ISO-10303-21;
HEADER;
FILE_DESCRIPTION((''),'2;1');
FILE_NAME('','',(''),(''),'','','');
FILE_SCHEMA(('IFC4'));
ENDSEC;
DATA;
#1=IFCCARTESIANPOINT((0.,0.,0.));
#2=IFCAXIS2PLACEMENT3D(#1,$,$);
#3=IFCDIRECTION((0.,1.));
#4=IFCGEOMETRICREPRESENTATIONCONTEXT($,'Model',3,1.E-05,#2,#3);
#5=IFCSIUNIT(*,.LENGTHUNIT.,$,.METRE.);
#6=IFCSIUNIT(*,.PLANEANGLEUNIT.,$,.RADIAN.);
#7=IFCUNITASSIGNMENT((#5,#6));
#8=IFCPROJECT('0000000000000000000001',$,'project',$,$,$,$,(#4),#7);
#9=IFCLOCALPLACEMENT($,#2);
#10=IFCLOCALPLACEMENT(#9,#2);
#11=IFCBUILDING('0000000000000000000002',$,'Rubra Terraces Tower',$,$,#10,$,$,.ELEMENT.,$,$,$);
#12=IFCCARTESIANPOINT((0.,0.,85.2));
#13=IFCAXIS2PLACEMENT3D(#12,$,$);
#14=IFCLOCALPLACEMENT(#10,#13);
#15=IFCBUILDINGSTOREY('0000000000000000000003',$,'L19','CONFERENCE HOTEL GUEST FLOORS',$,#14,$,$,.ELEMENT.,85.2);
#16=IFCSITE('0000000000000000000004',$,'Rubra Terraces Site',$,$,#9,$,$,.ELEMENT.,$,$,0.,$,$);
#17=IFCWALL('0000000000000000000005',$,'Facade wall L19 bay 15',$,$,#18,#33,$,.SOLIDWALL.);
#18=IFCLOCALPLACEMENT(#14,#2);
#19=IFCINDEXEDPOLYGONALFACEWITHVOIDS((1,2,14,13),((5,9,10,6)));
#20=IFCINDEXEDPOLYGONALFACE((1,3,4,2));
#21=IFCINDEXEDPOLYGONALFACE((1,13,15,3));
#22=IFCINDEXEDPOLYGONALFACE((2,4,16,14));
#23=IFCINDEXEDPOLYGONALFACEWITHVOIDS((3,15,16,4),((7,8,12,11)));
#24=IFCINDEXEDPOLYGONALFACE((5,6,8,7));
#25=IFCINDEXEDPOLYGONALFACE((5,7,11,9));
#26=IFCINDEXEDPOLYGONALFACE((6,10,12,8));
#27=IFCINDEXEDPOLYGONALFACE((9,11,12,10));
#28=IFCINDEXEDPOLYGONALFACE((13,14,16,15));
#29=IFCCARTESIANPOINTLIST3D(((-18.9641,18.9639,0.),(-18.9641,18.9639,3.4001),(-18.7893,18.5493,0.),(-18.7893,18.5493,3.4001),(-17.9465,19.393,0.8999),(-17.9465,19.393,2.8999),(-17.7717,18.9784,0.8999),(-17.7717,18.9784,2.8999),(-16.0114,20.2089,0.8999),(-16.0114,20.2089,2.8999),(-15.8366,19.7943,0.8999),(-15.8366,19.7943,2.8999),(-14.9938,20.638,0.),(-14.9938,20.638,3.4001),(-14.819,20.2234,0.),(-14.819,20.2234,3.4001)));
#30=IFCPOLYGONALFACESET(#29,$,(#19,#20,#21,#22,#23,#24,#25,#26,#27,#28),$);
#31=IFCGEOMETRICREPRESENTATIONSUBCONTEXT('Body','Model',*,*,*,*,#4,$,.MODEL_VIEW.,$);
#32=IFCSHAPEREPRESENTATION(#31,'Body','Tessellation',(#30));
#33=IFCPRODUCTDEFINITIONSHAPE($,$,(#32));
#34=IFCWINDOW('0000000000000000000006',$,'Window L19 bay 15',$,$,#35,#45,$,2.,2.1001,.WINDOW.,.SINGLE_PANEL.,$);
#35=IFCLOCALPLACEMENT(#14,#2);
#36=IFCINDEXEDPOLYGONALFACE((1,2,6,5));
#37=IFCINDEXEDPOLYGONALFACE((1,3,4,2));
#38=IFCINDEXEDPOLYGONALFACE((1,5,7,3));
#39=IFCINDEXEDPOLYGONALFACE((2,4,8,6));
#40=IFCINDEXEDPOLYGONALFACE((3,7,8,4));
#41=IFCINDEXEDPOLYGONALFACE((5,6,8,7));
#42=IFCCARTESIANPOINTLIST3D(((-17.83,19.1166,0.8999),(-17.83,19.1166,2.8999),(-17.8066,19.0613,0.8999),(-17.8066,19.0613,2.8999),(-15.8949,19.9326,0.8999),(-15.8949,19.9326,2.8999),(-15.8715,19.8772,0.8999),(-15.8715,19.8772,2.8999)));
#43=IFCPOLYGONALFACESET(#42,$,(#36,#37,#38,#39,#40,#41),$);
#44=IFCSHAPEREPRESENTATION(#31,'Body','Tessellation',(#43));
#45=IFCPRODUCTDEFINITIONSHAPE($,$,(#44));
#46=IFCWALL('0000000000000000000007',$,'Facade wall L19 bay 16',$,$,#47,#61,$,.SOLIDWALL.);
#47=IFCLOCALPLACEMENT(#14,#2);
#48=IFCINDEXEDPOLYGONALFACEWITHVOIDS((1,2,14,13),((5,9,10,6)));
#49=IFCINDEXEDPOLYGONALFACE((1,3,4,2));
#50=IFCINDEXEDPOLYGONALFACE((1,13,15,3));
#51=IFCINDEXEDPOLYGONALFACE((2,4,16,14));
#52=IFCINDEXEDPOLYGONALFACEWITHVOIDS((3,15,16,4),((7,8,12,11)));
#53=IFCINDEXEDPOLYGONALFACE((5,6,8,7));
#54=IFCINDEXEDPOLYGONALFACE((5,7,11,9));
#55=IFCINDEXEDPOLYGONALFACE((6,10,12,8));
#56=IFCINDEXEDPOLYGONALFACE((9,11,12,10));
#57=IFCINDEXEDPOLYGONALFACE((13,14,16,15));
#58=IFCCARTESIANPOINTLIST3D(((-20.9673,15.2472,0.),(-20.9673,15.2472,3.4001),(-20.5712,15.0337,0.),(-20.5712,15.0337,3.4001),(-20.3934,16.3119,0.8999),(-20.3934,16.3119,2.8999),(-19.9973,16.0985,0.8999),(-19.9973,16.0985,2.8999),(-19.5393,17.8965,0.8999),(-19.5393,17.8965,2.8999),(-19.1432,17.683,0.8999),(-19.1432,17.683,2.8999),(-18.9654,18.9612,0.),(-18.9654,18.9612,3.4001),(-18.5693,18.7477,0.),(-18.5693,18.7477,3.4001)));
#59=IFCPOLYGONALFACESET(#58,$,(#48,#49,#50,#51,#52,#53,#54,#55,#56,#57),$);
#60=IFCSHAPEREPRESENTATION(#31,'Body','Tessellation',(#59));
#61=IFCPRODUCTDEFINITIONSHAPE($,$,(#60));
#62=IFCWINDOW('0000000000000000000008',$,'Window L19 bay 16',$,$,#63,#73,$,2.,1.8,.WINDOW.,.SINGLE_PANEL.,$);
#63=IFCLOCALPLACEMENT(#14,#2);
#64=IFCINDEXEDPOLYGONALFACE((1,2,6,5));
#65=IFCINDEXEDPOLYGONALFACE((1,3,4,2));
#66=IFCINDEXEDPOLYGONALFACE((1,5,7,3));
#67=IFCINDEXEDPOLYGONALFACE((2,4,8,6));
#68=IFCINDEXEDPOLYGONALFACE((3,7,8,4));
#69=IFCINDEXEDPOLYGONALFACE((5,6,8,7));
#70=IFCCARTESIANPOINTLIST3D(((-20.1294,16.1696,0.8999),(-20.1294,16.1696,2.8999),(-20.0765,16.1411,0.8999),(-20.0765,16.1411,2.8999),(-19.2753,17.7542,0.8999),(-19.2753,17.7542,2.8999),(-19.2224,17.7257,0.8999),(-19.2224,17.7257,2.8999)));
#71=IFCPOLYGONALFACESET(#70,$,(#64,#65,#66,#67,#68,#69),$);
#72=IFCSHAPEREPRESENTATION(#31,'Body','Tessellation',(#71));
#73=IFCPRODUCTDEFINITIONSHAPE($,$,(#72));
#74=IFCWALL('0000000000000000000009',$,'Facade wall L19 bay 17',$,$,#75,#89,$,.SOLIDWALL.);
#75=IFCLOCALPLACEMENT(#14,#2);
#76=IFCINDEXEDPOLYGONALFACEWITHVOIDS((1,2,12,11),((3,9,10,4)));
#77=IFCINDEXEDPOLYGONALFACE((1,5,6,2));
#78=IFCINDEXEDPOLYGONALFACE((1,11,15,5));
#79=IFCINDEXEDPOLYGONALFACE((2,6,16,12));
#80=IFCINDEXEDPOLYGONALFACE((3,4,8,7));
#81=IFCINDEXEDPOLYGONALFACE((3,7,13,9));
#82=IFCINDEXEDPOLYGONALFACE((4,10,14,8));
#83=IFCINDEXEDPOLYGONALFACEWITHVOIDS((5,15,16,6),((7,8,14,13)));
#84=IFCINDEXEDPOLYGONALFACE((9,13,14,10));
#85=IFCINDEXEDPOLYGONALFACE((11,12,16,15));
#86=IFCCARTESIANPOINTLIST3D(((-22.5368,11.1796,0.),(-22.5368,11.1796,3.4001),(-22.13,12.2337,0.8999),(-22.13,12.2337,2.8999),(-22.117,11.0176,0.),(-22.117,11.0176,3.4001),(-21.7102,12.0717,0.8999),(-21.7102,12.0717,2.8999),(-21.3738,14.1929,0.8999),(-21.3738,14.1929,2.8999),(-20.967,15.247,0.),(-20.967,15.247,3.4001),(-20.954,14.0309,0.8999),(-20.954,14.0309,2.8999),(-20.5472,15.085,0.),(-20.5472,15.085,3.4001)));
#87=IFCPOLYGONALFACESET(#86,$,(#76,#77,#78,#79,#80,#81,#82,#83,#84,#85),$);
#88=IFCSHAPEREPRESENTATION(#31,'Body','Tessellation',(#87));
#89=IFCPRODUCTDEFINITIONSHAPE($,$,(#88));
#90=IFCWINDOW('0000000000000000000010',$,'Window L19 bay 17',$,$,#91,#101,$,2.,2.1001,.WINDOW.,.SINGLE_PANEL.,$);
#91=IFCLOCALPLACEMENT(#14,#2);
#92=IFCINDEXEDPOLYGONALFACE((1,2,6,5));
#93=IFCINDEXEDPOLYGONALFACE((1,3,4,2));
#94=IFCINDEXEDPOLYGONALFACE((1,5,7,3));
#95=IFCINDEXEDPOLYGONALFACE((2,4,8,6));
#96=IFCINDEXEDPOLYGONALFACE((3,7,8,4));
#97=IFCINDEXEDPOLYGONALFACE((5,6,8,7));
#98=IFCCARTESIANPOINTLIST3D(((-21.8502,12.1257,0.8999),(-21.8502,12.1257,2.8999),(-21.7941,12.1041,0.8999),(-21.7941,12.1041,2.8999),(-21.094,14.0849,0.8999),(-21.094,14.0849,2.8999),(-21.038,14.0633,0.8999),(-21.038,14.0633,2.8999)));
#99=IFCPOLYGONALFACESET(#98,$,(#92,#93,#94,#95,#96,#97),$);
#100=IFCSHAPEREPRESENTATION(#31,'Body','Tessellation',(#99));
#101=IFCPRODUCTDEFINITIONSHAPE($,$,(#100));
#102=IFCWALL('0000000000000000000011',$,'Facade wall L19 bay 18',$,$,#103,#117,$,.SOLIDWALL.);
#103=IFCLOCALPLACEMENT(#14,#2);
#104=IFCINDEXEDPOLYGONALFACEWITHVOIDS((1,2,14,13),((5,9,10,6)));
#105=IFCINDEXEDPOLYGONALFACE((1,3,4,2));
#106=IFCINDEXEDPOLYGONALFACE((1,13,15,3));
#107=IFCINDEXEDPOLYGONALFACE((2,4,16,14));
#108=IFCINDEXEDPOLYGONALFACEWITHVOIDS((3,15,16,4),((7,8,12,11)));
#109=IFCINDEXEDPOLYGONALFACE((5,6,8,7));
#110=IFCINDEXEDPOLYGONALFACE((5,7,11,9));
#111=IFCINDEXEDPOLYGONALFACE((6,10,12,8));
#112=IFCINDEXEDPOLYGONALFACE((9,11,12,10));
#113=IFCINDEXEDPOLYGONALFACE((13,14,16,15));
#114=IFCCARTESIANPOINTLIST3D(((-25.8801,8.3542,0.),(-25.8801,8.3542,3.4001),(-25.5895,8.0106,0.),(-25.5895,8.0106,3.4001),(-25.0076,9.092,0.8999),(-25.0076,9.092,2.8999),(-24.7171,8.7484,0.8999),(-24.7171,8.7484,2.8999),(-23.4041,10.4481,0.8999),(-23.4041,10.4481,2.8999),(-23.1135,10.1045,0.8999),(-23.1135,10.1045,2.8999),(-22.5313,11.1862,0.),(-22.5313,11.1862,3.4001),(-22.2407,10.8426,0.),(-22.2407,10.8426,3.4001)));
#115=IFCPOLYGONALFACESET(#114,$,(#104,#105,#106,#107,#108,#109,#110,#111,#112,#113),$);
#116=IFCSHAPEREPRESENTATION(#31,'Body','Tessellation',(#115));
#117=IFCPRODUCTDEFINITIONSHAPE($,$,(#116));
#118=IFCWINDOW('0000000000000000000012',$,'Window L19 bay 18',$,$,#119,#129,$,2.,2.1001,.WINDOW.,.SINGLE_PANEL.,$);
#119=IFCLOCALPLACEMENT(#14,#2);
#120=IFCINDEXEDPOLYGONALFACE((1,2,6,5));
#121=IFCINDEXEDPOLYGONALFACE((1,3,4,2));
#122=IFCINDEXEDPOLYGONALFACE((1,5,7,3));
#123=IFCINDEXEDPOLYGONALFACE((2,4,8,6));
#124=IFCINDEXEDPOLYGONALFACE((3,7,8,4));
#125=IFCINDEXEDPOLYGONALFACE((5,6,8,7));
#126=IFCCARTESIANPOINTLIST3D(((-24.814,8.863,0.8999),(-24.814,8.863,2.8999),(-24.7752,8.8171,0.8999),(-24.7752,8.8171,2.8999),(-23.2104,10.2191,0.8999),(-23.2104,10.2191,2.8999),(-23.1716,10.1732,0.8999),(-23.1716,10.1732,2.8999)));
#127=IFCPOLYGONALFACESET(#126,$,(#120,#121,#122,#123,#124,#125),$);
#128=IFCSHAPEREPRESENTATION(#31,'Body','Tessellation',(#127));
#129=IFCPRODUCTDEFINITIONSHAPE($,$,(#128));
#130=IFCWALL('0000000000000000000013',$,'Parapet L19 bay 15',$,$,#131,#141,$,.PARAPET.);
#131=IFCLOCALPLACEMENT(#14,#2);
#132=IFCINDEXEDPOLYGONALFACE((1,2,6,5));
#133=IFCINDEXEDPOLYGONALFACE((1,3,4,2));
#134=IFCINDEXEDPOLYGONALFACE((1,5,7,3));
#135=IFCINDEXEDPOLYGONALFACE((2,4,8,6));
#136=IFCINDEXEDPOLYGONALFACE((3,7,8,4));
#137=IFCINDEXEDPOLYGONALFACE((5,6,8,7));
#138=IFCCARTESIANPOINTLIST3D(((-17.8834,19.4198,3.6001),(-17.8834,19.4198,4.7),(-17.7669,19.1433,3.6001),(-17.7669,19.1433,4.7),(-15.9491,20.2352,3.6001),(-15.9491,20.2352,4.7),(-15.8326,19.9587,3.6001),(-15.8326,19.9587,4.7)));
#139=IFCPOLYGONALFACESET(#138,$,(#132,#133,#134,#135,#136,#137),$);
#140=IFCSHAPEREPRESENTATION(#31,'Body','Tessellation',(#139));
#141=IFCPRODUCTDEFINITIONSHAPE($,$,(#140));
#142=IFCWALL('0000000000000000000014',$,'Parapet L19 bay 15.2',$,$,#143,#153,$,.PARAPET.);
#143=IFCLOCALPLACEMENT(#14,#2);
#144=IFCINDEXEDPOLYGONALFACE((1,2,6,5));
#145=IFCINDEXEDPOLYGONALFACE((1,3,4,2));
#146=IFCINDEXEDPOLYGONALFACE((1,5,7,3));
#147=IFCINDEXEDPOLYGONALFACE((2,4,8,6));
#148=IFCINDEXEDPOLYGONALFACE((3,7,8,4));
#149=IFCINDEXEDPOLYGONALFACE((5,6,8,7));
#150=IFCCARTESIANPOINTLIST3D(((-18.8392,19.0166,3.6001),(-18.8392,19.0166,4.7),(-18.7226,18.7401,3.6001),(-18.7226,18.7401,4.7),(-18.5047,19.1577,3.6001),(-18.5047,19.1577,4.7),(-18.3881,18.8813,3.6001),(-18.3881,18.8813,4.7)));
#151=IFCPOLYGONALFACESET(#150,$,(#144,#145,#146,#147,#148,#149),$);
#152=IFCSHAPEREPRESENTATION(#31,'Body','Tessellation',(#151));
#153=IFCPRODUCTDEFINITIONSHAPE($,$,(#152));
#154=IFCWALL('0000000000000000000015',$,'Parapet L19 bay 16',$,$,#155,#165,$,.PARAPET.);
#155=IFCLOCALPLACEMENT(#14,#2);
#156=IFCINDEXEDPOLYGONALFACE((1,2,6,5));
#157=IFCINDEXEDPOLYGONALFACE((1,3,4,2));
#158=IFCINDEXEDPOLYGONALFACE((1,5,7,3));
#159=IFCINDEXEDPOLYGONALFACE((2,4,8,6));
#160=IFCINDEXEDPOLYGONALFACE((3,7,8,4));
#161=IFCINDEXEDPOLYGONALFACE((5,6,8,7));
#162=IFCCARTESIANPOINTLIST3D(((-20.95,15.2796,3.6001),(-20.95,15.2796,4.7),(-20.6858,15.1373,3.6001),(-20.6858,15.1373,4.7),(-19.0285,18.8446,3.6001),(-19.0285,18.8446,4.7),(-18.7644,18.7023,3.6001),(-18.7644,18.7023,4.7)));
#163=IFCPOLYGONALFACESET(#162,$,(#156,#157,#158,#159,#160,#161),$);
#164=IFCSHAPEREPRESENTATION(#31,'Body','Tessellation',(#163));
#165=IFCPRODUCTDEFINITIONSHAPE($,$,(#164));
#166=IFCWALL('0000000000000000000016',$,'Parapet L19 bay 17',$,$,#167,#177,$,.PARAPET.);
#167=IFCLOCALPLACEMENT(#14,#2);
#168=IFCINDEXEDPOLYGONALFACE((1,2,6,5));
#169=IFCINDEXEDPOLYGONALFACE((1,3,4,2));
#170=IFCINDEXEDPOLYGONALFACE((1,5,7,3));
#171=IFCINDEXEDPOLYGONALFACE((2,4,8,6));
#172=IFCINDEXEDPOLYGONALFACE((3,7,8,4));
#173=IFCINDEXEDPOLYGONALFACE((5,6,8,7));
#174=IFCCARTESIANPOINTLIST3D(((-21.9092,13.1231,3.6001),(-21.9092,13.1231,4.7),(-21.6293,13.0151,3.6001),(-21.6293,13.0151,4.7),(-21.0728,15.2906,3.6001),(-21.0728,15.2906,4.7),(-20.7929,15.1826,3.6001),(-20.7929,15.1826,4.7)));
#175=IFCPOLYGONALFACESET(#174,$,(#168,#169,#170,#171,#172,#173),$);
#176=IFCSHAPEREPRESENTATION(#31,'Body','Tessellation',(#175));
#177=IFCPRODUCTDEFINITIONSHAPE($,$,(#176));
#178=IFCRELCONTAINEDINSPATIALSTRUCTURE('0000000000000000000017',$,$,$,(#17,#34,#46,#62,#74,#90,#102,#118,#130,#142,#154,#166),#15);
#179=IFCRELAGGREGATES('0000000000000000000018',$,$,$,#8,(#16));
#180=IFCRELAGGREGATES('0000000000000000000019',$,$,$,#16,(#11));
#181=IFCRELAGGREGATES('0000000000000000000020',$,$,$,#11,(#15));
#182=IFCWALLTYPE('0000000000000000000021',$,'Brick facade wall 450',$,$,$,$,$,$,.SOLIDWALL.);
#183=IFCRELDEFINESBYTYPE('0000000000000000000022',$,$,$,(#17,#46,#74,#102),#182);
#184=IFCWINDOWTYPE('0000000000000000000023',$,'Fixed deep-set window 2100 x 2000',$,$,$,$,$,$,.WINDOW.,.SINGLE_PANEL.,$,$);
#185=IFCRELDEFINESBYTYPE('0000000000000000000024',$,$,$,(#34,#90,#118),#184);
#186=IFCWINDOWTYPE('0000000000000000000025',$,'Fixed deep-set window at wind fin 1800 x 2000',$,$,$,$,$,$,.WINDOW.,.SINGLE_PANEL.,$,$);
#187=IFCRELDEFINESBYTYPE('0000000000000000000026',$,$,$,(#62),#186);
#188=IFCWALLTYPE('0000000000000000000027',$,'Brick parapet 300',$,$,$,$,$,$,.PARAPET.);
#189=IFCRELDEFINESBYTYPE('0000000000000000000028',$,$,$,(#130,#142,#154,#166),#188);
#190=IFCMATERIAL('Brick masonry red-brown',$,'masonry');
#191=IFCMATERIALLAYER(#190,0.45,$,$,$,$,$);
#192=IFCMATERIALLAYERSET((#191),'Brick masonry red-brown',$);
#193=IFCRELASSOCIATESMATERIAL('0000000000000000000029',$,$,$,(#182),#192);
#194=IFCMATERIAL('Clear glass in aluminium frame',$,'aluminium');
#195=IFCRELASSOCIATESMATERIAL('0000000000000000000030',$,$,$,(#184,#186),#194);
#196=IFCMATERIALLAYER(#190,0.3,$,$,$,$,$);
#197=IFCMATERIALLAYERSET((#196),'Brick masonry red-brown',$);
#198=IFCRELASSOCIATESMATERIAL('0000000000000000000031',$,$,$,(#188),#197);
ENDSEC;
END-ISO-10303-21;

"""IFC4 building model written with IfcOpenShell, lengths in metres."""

from ifc_helpers import new_model, si_unit, direction, frame, frame_2d, origin, place, context, subcontext, project, spatial, rectangle, extrude, material, layer, layer_set, type_object, element, fill, save


model = new_model("IFC4")

# Units and contexts
model_context = context("Model", 3, precision=1e-05, world=origin(), true_north=direction((0.0, 1.0)))
body_context = subcontext(model_context, "Body", "Model", "MODEL_VIEW")
ifc_project = project(units=[si_unit("LENGTHUNIT", "METRE"), si_unit("PLANEANGLEUNIT", "RADIAN")], contexts=[model_context])

# Site, building, storey
site_placement = place(None, origin())
site = spatial("IfcSite", under=ifc_project, at=site_placement, Name="Rubra Terraces Site", CompositionType="ELEMENT", RefElevation=0.0)
building_placement = place(site_placement, origin())
building = spatial("IfcBuilding", under=site, at=building_placement, Name="Rubra Terraces Tower", CompositionType="ELEMENT")
storey_placement = place(building_placement, frame((0.0, 0.0, 85.2)))
storey = spatial("IfcBuildingStorey", under=building, at=storey_placement, Name="L19", Description="CONFERENCE HOTEL GUEST FLOORS", CompositionType="ELEMENT", Elevation=85.2)

# Walls, openings, windows
ifc_material_1 = material(Name="Brick masonry red-brown", Category="masonry")
ifc_layer_1 = layer(ifc_material_1, 0.45)
ifc_layer_set_1 = layer_set([ifc_layer_1], Name="Brick masonry red-brown")
wall_type_1 = type_object("IfcWallType", Name="Brick facade wall 450", PredefinedType="SOLIDWALL", material=ifc_layer_set_1)
wall_1_placement = place(storey_placement, frame((-14.9065, 20.4307, 0.0), z_axis=(0.0, 0.0, 1.0), x_axis=(-0.921436, -0.388531, 0.0)))
wall_1 = element("IfcWall", 1, at=wall_1_placement, inside=storey, type_object=wall_type_1, Name="Facade wall L19 bay 15", PredefinedType="SOLIDWALL", context=body_context, shape_type="SweptSolid", body=[
    extrude(rectangle(XDim=4.3088, YDim=0.45, at=frame_2d((2.1543, 0.0))), origin(), (0.0, 0.0, 1.0), 3.4001),
])
opening_1_placement = place(wall_1_placement, frame((1.1042, 0.0, 0.8999)))
opening_1 = element("IfcOpeningElement", 2, at=opening_1_placement, cuts=wall_1, PredefinedType="OPENING", context=body_context, shape_type="SweptSolid", body=[
    extrude(rectangle(XDim=2.1001, YDim=2.0, at=frame_2d((1.05, 1.0))), frame((0.0, 0.2349, 0.0), z_axis=(0.0, -1.0, 0.0), x_axis=(1.0, 0.0, 0.0)), (0.0, 0.0, 1.0), 0.47),
])
ifc_material_2 = material(Name="Clear glass in aluminium frame", Category="aluminium")
window_type_1 = type_object("IfcWindowType", Name="Fixed deep-set window 2100 x 2000", PartitioningType="SINGLE_PANEL", PredefinedType="WINDOW", material=ifc_material_2)
window_1_placement = place(opening_1_placement, origin())
window_1 = element("IfcWindow", 3, at=window_1_placement, inside=storey, type_object=window_type_1, Name="Window L19 bay 15", OverallHeight=2.0, OverallWidth=2.1001, PartitioningType="SINGLE_PANEL", PredefinedType="WINDOW", context=body_context, shape_type="SweptSolid", body=[
    extrude(rectangle(XDim=2.1001, YDim=2.0, at=frame_2d((1.05, 1.0))), frame((0.0, 0.135, 0.0), z_axis=(0.0, -1.0, 0.0), x_axis=(1.0, 0.0, 0.0)), (0.0, 0.0, 1.0), 0.0601),
])
fill(opening_1, window_1)
wall_2_placement = place(storey_placement, frame((-18.7673, 18.8545, 0.0), z_axis=(0.0, 0.0, 1.0), x_axis=(-0.474476, -0.880268, 0.0)))
wall_2 = element("IfcWall", 4, at=wall_2_placement, inside=storey, type_object=wall_type_1, Name="Facade wall L19 bay 16", PredefinedType="SOLIDWALL", context=body_context, shape_type="SweptSolid", body=[
    extrude(rectangle(XDim=4.2192, YDim=0.45, at=frame_2d((2.1096, 0.0))), origin(), (0.0, 0.0, 1.0), 3.4001),
])
opening_2_placement = place(wall_2_placement, frame((1.2097, 0.0, 0.8999)))
opening_2 = element("IfcOpeningElement", 5, at=opening_2_placement, cuts=wall_2, PredefinedType="OPENING", context=body_context, shape_type="SweptSolid", body=[
    extrude(rectangle(XDim=1.8, YDim=2.0, at=frame_2d((0.8999, 1.0))), frame((0.0, 0.2349, 0.0), z_axis=(0.0, -1.0, 0.0), x_axis=(1.0, 0.0, 0.0)), (0.0, 0.0, 1.0), 0.47),
])
window_type_2 = type_object("IfcWindowType", Name="Fixed deep-set window at wind fin 1800 x 2000", PartitioningType="SINGLE_PANEL", PredefinedType="WINDOW", material=ifc_material_2)
window_2_placement = place(opening_2_placement, origin())
window_2 = element("IfcWindow", 6, at=window_2_placement, inside=storey, type_object=window_type_2, Name="Window L19 bay 16", OverallHeight=2.0, OverallWidth=1.8, PartitioningType="SINGLE_PANEL", PredefinedType="WINDOW", context=body_context, shape_type="SweptSolid", body=[
    extrude(rectangle(XDim=1.8, YDim=2.0, at=frame_2d((0.8999, 1.0))), frame((0.0, 0.135, 0.0), z_axis=(0.0, -1.0, 0.0), x_axis=(1.0, 0.0, 0.0)), (0.0, 0.0, 1.0), 0.0601),
])
fill(opening_2, window_2)
wall_3_placement = place(storey_placement, frame((-20.7571, 15.166, 0.0), z_axis=(0.0, 0.0, 1.0), x_axis=(-0.360067, -0.932926, 0.0)))
wall_3 = element("IfcWall", 7, at=wall_3_placement, inside=storey, type_object=wall_type_1, Name="Facade wall L19 bay 17", PredefinedType="SOLIDWALL", context=body_context, shape_type="SweptSolid", body=[
    extrude(rectangle(XDim=4.3599, YDim=0.45, at=frame_2d((2.1799, 0.0))), origin(), (0.0, 0.0, 1.0), 3.4001),
])
opening_3_placement = place(wall_3_placement, frame((1.1299, 0.0, 0.8999)))
opening_3 = element("IfcOpeningElement", 8, at=opening_3_placement, cuts=wall_3, PredefinedType="OPENING", context=body_context, shape_type="SweptSolid", body=[
    extrude(rectangle(XDim=2.1001, YDim=2.0, at=frame_2d((1.05, 1.0))), frame((0.0, 0.2349, 0.0), z_axis=(0.0, -1.0, 0.0), x_axis=(1.0, 0.0, 0.0)), (0.0, 0.0, 1.0), 0.47),
])
window_3_placement = place(opening_3_placement, origin())
window_3 = element("IfcWindow", 9, at=window_3_placement, inside=storey, type_object=window_type_1, Name="Window L19 bay 17", OverallHeight=2.0, OverallWidth=2.1001, PartitioningType="SINGLE_PANEL", PredefinedType="WINDOW", context=body_context, shape_type="SweptSolid", body=[
    extrude(rectangle(XDim=2.1001, YDim=2.0, at=frame_2d((1.05, 1.0))), frame((0.0, 0.135, 0.0), z_axis=(0.0, -1.0, 0.0), x_axis=(1.0, 0.0, 0.0)), (0.0, 0.0, 1.0), 0.0601),
])
fill(opening_3, window_3)
wall_4_placement = place(storey_placement, frame((-22.386, 11.0144, 0.0), z_axis=(0.0, 0.0, 1.0), x_axis=(-0.76357, -0.645725, 0.0)))
wall_4 = element("IfcWall", 10, at=wall_4_placement, inside=storey, type_object=wall_type_1, Name="Facade wall L19 bay 18", PredefinedType="SOLIDWALL", context=body_context, shape_type="SweptSolid", body=[
    extrude(rectangle(XDim=4.3857, YDim=0.45, at=frame_2d((2.1929, 0.0))), origin(), (0.0, 0.0, 1.0), 3.4001),
])
opening_4_placement = place(wall_4_placement, frame((1.1431, 0.0, 0.8999)))
opening_4 = element("IfcOpeningElement", 11, at=opening_4_placement, cuts=wall_4, PredefinedType="OPENING", context=body_context, shape_type="SweptSolid", body=[
    extrude(rectangle(XDim=2.1001, YDim=2.0, at=frame_2d((1.05, 1.0))), frame((0.0, 0.2349, 0.0), z_axis=(0.0, -1.0, 0.0), x_axis=(1.0, 0.0, 0.0)), (0.0, 0.0, 1.0), 0.47),
])
window_4_placement = place(opening_4_placement, origin())
window_4 = element("IfcWindow", 12, at=window_4_placement, inside=storey, type_object=window_type_1, Name="Window L19 bay 18", OverallHeight=2.0, OverallWidth=2.1001, PartitioningType="SINGLE_PANEL", PredefinedType="WINDOW", context=body_context, shape_type="SweptSolid", body=[
    extrude(rectangle(XDim=2.1001, YDim=2.0, at=frame_2d((1.05, 1.0))), frame((0.0, 0.135, 0.0), z_axis=(0.0, -1.0, 0.0), x_axis=(1.0, 0.0, 0.0)), (0.0, 0.0, 1.0), 0.0601),
])
fill(opening_4, window_4)

# Walls
ifc_layer_2 = layer(ifc_material_1, 0.3)
ifc_layer_set_2 = layer_set([ifc_layer_2], Name="Brick masonry red-brown")
wall_type_2 = type_object("IfcWallType", Name="Brick parapet 300", PredefinedType="PARAPET", material=ifc_layer_set_2)
wall_5_placement = place(storey_placement, frame((-15.8909, 20.0969, 3.6001), z_axis=(0.0, 0.0, 1.0), x_axis=(-0.921469, -0.388452, 0.0)))
element("IfcWall", 13, at=wall_5_placement, inside=storey, type_object=wall_type_2, Name="Parapet L19 bay 15", PredefinedType="PARAPET", context=body_context, shape_type="SweptSolid", body=[
    extrude(rectangle(XDim=2.0991, YDim=0.3, at=frame_2d((1.0496, 0.0))), origin(), (0.0, 0.0, 1.0), 1.0999),
])
wall_6_placement = place(storey_placement, frame((-18.4463, 19.0195, 3.6001), z_axis=(0.0, 0.0, 1.0), x_axis=(-0.921357, -0.388718, 0.0)))
element("IfcWall", 14, at=wall_6_placement, inside=storey, type_object=wall_type_2, Name="Parapet L19 bay 15.2", PredefinedType="PARAPET", context=body_context, shape_type="SweptSolid", body=[
    extrude(rectangle(XDim=0.363, YDim=0.3, at=frame_2d((0.1816, 0.0))), origin(), (0.0, 0.0, 1.0), 1.0999),
])
wall_7_placement = place(storey_placement, frame((-18.8965, 18.7734, 3.6001), z_axis=(0.0, 0.0, 1.0), x_axis=(-0.474445, -0.880285, 0.0)))
element("IfcWall", 15, at=wall_7_placement, inside=storey, type_object=wall_type_2, Name="Parapet L19 bay 16", PredefinedType="PARAPET", context=body_context, shape_type="SweptSolid", body=[
    extrude(rectangle(XDim=4.0498, YDim=0.3, at=frame_2d((2.0249, 0.0))), origin(), (0.0, 0.0, 1.0), 1.0999),
])
wall_8_placement = place(storey_placement, frame((-20.9329, 15.2366, 3.6001), z_axis=(0.0, 0.0, 1.0), x_axis=(-0.360021, -0.932944, 0.0)))
element("IfcWall", 16, at=wall_8_placement, inside=storey, type_object=wall_type_2, Name="Parapet L19 bay 17", PredefinedType="PARAPET", context=body_context, shape_type="SweptSolid", body=[
    extrude(rectangle(XDim=2.3232, YDim=0.3, at=frame_2d((1.1616, 0.0))), origin(), (0.0, 0.0, 1.0), 1.0999),
])

save(model, "model.ifc")
